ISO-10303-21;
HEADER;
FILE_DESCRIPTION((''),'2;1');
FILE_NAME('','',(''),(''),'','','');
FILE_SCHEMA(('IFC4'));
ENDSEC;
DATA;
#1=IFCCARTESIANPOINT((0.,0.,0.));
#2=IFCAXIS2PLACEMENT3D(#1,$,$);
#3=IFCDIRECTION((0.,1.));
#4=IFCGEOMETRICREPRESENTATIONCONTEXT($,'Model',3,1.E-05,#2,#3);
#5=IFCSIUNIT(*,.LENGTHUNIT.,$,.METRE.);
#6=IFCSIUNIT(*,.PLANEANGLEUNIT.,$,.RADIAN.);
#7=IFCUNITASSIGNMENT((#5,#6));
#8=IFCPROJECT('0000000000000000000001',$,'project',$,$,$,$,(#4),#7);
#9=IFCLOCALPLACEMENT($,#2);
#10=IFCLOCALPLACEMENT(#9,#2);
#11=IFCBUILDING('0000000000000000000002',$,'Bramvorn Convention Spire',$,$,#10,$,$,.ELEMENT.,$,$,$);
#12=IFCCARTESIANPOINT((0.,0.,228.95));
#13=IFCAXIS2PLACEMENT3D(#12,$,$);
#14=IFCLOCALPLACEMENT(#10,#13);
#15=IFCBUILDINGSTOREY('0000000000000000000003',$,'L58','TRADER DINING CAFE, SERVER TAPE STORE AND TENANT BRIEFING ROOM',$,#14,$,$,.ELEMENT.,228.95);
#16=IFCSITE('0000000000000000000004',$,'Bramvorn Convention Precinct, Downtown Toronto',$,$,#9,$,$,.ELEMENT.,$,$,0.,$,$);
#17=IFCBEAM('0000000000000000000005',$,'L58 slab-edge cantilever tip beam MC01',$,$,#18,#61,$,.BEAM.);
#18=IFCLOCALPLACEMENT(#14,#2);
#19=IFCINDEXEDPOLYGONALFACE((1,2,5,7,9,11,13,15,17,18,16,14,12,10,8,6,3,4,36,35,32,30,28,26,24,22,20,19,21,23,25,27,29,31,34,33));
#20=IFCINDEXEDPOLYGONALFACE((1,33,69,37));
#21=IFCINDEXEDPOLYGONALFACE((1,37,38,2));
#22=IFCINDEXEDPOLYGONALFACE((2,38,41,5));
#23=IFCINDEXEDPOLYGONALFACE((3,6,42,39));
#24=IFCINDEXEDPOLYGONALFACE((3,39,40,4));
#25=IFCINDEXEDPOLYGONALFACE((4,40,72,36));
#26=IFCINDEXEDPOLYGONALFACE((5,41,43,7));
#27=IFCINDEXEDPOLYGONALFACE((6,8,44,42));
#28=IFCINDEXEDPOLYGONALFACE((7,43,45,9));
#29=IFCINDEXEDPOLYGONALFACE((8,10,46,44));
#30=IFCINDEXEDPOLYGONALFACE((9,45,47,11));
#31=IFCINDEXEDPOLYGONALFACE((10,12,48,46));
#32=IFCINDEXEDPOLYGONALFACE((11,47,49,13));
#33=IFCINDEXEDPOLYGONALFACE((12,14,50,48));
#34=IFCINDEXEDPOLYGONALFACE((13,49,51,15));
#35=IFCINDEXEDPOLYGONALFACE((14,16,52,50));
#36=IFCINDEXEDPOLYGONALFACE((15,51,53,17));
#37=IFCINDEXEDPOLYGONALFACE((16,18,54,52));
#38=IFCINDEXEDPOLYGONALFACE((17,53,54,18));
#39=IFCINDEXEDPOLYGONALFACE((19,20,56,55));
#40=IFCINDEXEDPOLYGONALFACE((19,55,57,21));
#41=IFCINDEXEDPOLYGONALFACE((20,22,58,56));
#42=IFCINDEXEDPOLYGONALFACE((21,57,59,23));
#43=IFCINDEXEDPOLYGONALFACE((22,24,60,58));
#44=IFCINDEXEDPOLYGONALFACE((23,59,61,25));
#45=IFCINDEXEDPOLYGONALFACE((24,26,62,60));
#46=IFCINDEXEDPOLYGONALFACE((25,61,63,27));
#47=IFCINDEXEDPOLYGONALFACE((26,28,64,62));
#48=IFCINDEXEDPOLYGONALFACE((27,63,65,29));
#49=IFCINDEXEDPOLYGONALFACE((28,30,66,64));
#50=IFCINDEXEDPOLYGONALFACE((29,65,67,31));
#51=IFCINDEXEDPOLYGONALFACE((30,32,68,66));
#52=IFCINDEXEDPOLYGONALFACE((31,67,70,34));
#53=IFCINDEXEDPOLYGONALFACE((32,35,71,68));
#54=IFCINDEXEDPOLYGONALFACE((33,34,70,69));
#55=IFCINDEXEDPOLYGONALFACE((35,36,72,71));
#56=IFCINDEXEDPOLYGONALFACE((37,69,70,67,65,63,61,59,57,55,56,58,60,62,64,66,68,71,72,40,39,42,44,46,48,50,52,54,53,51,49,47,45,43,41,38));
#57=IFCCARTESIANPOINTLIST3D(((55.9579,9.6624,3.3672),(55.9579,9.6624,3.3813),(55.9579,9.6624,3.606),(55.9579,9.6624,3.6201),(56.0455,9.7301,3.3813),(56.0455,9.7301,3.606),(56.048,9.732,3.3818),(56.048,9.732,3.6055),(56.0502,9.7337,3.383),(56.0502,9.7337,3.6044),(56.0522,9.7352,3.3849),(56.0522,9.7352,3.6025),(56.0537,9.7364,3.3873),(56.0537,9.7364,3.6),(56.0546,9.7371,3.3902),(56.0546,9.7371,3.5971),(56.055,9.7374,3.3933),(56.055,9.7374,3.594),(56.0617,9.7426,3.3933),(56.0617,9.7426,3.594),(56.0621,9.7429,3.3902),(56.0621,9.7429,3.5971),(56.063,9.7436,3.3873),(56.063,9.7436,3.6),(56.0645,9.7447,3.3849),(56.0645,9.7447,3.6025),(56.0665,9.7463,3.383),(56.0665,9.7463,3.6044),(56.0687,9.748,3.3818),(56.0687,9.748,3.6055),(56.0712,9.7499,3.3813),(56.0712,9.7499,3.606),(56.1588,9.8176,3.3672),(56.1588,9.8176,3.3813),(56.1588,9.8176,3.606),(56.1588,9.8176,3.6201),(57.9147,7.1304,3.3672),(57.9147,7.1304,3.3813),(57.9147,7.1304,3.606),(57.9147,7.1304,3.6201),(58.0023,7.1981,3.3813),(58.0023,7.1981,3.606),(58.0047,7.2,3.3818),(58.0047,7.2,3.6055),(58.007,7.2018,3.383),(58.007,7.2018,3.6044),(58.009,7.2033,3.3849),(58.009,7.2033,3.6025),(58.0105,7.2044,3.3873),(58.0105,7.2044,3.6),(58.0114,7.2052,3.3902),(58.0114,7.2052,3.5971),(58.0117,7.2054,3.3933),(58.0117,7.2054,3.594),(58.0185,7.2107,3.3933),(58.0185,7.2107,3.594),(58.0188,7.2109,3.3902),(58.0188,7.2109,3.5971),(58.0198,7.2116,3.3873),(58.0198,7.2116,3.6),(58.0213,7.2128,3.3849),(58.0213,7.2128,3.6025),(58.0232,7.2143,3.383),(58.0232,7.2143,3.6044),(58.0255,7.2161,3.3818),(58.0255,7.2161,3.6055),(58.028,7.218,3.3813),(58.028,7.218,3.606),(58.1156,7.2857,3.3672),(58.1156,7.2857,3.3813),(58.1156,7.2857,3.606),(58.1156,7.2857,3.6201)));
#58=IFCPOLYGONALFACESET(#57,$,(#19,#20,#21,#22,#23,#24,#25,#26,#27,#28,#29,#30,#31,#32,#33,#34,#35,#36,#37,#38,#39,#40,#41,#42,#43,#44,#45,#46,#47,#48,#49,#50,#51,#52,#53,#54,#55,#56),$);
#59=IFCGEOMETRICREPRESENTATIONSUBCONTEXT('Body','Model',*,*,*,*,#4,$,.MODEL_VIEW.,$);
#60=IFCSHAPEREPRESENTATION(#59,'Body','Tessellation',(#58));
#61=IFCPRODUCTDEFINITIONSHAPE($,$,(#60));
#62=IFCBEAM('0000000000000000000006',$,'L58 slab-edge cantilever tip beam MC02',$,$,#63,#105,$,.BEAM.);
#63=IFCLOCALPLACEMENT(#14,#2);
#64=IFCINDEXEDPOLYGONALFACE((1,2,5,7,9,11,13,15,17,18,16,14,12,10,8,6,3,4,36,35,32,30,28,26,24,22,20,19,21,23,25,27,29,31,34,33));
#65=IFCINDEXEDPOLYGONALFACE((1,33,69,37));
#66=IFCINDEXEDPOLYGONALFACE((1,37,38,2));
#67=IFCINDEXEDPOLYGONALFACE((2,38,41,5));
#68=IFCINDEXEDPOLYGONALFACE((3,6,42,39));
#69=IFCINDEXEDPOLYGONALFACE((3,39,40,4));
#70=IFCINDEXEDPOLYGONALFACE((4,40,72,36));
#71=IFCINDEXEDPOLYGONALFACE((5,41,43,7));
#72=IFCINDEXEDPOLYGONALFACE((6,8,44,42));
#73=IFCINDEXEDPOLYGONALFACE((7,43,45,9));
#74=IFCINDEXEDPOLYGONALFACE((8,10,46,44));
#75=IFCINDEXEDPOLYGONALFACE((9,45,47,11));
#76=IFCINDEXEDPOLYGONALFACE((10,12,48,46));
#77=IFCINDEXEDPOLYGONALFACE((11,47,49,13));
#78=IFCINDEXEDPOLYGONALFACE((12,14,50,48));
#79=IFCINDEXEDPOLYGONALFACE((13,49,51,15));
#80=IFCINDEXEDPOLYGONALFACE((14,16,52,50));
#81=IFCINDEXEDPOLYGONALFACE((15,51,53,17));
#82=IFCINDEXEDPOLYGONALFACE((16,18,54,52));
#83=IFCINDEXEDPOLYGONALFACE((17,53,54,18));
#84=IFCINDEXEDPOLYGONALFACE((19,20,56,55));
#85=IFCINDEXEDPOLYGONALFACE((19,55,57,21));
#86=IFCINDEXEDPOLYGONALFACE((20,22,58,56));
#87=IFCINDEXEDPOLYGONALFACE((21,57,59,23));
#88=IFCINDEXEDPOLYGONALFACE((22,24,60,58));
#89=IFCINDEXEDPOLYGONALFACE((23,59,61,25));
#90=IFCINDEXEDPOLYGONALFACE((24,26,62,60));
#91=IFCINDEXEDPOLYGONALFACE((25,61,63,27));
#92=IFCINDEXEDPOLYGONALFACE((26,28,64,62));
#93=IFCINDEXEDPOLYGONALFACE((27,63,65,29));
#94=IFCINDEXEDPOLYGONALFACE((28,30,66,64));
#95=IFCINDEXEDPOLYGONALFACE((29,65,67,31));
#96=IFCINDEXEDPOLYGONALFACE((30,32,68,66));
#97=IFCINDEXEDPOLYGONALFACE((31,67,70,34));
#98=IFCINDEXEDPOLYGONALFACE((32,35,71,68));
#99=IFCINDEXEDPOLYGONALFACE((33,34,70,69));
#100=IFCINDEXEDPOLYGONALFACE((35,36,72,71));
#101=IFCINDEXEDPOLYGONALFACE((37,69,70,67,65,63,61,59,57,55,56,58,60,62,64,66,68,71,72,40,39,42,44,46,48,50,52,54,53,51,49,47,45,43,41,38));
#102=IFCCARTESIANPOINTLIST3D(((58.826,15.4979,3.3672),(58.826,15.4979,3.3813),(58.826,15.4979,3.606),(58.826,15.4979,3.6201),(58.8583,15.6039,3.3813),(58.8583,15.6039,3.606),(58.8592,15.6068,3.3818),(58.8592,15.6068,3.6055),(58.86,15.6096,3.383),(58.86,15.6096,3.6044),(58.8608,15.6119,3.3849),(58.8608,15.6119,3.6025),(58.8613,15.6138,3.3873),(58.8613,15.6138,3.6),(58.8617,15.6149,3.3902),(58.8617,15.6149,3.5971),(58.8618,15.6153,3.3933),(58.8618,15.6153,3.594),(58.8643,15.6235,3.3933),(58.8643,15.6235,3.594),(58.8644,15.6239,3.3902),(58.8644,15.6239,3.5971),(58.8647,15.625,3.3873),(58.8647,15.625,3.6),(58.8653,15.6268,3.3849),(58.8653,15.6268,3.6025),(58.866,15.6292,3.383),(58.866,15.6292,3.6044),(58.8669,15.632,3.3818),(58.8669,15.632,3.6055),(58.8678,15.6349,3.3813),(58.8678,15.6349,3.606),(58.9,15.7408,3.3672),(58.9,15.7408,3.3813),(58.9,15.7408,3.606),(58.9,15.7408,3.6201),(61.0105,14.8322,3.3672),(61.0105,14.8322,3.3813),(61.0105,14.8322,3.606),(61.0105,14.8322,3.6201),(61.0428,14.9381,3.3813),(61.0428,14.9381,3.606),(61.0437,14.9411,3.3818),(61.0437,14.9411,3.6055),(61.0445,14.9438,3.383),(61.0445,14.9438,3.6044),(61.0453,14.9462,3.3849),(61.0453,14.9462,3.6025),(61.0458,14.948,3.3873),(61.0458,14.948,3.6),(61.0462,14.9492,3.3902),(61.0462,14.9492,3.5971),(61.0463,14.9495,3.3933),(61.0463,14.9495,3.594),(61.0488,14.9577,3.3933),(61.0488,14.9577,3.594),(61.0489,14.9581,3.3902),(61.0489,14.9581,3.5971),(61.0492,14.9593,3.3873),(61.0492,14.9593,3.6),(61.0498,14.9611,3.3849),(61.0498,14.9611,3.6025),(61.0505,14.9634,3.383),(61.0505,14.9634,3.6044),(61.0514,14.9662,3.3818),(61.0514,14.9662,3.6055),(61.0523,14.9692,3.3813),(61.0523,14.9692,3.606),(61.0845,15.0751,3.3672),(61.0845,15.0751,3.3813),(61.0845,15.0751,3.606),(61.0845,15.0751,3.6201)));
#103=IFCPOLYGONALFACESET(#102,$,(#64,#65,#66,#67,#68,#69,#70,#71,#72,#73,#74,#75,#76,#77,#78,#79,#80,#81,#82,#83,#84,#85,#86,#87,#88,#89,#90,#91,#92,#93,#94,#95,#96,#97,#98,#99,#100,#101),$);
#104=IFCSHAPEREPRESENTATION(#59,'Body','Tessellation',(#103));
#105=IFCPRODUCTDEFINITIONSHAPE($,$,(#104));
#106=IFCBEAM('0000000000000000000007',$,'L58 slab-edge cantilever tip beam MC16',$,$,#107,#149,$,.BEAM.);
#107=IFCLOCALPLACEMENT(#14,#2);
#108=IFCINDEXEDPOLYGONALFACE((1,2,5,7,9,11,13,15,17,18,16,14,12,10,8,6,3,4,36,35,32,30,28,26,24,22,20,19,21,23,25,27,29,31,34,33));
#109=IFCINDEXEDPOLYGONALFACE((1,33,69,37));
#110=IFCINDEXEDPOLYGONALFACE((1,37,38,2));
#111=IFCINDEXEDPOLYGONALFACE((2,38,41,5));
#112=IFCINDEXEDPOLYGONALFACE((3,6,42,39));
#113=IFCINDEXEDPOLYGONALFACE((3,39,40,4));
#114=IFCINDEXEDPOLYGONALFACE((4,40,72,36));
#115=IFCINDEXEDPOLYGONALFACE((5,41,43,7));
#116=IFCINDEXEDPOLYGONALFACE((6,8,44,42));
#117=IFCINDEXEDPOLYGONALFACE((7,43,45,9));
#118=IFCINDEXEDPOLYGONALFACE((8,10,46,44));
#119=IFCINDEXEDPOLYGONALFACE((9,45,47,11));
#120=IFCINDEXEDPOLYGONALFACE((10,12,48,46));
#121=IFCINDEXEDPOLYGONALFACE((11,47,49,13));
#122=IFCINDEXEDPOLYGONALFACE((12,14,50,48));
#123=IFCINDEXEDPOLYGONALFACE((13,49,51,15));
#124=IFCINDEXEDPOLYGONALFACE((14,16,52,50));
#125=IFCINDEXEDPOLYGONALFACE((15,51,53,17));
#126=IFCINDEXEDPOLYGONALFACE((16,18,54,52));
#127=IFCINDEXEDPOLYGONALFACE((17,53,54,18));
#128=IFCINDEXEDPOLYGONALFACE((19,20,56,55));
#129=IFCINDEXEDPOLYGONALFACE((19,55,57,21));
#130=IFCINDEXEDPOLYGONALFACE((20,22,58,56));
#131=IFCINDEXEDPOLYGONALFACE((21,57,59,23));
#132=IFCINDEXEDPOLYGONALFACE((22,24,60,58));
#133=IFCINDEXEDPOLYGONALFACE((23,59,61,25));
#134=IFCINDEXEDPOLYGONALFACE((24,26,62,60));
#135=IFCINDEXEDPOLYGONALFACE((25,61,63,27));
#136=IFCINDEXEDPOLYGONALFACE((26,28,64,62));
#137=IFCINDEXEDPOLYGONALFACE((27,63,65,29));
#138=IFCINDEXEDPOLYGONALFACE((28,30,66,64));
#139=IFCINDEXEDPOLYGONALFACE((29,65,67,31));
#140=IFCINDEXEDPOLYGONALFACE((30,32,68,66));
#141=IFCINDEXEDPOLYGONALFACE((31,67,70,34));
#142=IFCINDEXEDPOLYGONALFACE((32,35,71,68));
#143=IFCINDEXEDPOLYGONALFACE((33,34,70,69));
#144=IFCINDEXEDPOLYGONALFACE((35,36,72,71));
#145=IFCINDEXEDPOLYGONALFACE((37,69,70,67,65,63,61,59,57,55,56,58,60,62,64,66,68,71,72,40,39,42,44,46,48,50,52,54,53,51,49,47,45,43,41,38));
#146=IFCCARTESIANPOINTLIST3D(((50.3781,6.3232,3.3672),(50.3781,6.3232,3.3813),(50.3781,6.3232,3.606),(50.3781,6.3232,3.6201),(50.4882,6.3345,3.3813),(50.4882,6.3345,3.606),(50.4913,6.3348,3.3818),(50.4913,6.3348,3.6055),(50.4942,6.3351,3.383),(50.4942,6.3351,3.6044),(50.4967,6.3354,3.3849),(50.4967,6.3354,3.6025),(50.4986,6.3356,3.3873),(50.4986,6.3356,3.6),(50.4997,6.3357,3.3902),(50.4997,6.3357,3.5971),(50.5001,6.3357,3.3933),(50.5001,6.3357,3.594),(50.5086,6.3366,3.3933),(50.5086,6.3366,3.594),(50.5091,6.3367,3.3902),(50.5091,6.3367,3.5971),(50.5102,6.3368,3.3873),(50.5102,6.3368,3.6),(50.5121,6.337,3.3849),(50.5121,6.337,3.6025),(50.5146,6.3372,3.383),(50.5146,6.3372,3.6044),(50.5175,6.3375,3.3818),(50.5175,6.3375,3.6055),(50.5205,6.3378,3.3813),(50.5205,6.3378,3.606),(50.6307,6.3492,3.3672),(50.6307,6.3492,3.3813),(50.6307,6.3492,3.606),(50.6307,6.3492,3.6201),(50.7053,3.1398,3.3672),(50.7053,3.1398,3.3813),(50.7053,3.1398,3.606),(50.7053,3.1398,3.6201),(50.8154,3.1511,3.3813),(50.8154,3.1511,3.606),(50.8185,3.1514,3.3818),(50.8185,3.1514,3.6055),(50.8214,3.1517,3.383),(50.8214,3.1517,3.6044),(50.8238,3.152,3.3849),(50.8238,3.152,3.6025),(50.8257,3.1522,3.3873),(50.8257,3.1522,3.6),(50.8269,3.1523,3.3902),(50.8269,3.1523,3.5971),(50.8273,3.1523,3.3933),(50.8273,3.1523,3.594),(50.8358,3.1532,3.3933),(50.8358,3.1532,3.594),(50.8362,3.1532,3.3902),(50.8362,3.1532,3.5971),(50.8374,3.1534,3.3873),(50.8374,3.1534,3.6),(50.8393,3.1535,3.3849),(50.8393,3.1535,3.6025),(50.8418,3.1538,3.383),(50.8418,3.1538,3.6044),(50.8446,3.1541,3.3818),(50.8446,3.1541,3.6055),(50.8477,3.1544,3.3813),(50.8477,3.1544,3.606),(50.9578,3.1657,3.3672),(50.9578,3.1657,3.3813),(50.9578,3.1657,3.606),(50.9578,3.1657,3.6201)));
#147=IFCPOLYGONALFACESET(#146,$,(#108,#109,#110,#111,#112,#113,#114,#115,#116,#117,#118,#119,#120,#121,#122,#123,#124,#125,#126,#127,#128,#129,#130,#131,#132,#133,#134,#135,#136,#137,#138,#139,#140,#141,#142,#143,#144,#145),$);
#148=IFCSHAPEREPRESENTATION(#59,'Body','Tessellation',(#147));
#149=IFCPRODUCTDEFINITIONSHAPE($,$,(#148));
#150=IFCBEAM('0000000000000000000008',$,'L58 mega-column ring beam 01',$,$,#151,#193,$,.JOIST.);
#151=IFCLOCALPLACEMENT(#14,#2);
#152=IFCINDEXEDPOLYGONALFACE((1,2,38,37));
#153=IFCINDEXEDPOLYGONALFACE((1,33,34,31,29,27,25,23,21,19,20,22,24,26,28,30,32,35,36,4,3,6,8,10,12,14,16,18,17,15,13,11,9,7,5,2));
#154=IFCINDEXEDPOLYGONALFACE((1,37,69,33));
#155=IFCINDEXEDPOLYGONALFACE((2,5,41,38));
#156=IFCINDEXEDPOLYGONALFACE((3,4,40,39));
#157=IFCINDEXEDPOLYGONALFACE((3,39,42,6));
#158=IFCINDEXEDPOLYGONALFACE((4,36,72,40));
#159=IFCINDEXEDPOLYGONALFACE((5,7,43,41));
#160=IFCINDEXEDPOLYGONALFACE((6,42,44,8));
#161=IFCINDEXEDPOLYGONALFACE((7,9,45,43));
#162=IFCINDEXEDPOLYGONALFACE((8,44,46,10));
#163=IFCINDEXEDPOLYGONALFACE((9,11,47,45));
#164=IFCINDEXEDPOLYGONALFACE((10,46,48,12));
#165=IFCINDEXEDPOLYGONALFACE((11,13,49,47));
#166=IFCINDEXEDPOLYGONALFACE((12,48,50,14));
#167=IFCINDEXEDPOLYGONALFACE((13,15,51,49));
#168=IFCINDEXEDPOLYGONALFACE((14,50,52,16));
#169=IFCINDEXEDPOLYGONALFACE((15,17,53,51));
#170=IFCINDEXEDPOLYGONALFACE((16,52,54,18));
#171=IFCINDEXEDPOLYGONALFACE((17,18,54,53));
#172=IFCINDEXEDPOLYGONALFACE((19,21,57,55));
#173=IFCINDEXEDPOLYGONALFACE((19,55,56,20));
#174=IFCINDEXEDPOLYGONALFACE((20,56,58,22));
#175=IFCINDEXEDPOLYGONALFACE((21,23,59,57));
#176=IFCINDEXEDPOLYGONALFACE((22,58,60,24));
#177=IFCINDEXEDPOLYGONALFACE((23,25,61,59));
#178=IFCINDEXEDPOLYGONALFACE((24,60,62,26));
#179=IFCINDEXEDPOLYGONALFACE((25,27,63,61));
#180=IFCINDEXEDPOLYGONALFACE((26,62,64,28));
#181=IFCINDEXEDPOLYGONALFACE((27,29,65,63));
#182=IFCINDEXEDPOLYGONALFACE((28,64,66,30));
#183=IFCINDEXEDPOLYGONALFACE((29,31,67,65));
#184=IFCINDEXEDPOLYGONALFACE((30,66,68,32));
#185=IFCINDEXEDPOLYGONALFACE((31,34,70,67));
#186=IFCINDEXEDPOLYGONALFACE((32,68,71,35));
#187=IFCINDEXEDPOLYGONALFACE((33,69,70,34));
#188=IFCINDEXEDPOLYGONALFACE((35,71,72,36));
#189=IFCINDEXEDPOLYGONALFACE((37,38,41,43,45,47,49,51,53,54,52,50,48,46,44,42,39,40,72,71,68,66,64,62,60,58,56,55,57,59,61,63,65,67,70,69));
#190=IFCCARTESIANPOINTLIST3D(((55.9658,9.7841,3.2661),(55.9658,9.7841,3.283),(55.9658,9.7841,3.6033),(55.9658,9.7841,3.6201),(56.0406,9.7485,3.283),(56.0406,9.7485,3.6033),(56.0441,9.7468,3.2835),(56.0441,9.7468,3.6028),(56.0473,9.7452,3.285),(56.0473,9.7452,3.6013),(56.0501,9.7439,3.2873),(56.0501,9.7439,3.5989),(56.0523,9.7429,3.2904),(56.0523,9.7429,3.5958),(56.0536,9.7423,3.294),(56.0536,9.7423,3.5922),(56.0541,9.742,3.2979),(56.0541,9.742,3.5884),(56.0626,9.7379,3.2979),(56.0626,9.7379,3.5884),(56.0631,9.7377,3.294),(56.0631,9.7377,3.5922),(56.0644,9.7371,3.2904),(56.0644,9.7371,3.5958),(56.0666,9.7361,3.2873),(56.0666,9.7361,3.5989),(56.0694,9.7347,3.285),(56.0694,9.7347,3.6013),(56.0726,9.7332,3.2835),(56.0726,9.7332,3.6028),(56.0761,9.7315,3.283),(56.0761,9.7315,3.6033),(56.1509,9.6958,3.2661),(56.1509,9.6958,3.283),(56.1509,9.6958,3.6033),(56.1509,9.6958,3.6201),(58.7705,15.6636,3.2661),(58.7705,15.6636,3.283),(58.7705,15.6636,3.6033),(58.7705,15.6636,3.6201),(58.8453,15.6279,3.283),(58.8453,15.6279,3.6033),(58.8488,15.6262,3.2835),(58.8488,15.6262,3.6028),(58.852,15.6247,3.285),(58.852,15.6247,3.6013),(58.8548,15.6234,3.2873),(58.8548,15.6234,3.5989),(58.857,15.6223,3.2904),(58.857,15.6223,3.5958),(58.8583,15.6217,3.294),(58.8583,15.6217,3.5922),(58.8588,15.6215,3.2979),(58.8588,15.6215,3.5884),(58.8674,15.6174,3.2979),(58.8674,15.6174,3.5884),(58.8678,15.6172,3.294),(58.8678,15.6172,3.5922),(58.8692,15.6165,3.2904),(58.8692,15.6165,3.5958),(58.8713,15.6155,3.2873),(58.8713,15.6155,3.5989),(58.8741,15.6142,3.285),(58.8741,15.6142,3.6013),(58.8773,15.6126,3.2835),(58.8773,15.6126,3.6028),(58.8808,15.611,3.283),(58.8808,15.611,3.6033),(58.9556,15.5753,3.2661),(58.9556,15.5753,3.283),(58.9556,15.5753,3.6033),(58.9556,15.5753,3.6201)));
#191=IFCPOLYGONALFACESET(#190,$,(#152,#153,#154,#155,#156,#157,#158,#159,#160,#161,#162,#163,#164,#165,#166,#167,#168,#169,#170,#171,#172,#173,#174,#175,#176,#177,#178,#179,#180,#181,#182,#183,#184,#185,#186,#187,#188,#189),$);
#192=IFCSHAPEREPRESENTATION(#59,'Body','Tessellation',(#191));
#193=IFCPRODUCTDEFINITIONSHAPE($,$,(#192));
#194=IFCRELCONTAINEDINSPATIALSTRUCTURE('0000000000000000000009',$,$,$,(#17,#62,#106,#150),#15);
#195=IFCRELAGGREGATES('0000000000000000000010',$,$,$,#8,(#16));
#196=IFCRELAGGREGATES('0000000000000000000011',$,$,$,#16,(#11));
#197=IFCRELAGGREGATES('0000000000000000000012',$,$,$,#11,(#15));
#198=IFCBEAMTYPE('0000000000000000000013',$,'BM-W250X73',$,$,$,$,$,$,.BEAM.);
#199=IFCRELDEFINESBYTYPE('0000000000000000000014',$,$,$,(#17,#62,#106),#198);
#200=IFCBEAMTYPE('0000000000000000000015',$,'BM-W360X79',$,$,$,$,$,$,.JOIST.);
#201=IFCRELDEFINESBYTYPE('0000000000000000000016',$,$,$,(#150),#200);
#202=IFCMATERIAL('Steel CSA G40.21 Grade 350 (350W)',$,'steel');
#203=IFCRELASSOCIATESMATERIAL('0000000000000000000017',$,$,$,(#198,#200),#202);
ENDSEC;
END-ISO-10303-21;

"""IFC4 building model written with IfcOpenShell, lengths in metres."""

from ifc_helpers import new_model, si_unit, direction, frame, origin, origin_2d, place, context, subcontext, project, spatial, i_section, extrude, material, material_profile, profile_set, type_object, element, save


model = new_model("IFC4")

# Units and contexts
model_context = context("Model", 3, precision=1e-05, world=origin(), true_north=direction((0.0, 1.0)))
body_context = subcontext(model_context, "Body", "Model", "MODEL_VIEW")
ifc_project = project(units=[si_unit("LENGTHUNIT", "METRE"), si_unit("PLANEANGLEUNIT", "RADIAN")], contexts=[model_context])

# Site, building, storey
site_placement = place(None, origin())
site = spatial("IfcSite", under=ifc_project, at=site_placement, Name="Bramvorn Convention Precinct, Downtown Toronto", CompositionType="ELEMENT", RefElevation=0.0)
building_placement = place(site_placement, origin())
building = spatial("IfcBuilding", under=site, at=building_placement, Name="Bramvorn Convention Spire", CompositionType="ELEMENT")
storey_placement = place(building_placement, frame((0.0, 0.0, 228.95)))
storey = spatial("IfcBuildingStorey", under=building, at=storey_placement, Name="L58", Description="TRADER DINING CAFE, SERVER TAPE STORE AND TENANT BRIEFING ROOM", CompositionType="ELEMENT", Elevation=228.95)

# Shared definitions
ifc_material_1 = material(Name="Steel CSA G40.21 Grade 350 (350W)", Category="steel")

# Beams
ifc_material_profile_1 = material_profile(ifc_material_1, i_section(OverallWidth=0.2539, OverallDepth=0.2529, WebThickness=0.0085, FlangeThickness=0.0142, FilletRadius=0.012, at=origin_2d()))
ifc_profile_set_1 = profile_set([ifc_material_profile_1], Name="Steel CSA G40.21 Grade 350 (350W) - W250X73")
beam_type_1 = type_object("IfcBeamType", Name="BM-W250X73", PredefinedType="BEAM", material=ifc_profile_set_1)
beam_1_placement = place(storey_placement, frame((56.0583, 9.74, 3.4937), z_axis=(0.611497, -0.791246, 0.0), x_axis=(0.791246, 0.611497, 0.0)))
element("IfcBeam", 1, at=beam_1_placement, inside=storey, type_object=beam_type_1, Name="L58 slab-edge cantilever tip beam MC01", PredefinedType="BEAM", context=body_context, shape_type="SweptSolid", body=[
    extrude(i_section(OverallWidth=0.2539, OverallDepth=0.2529, WebThickness=0.0085, FlangeThickness=0.0142, FilletRadius=0.012, at=origin_2d()), origin(), (0.0, 0.0, 1.0), 3.2),
])
beam_2_placement = place(storey_placement, frame((58.863, 15.6194, 3.4937), z_axis=(0.956564, -0.291523, 0.0), x_axis=(0.291523, 0.956564, 0.0)))
element("IfcBeam", 2, at=beam_2_placement, inside=storey, type_object=beam_type_1, Name="L58 slab-edge cantilever tip beam MC02", PredefinedType="BEAM", context=body_context, shape_type="SweptSolid", body=[
    extrude(i_section(OverallWidth=0.2539, OverallDepth=0.2529, WebThickness=0.0085, FlangeThickness=0.0142, FilletRadius=0.012, at=origin_2d()), origin(), (0.0, 0.0, 1.0), 2.2837),
])
beam_3_placement = place(storey_placement, frame((50.5044, 6.3362, 3.4937), z_axis=(0.10223, -0.994761, 0.0), x_axis=(0.994761, 0.10223, 0.0)))
element("IfcBeam", 3, at=beam_3_placement, inside=storey, type_object=beam_type_1, Name="L58 slab-edge cantilever tip beam MC16", PredefinedType="BEAM", context=body_context, shape_type="SweptSolid", body=[
    extrude(i_section(OverallWidth=0.2539, OverallDepth=0.2529, WebThickness=0.0085, FlangeThickness=0.0142, FilletRadius=0.012, at=origin_2d()), origin(), (0.0, 0.0, 1.0), 3.2002),
])
ifc_material_profile_2 = material_profile(ifc_material_1, i_section(OverallWidth=0.2051, OverallDepth=0.354, WebThickness=0.0095, FlangeThickness=0.0168, FilletRadius=0.0149, at=origin_2d()))
ifc_profile_set_2 = profile_set([ifc_material_profile_2], Name="Steel CSA G40.21 Grade 350 (350W) - W360X79")
beam_type_2 = type_object("IfcBeamType", Name="BM-W360X79", PredefinedType="JOIST", material=ifc_profile_set_2)
beam_4_placement = place(storey_placement, frame((56.0583, 9.74, 3.4431), z_axis=(0.430556, 0.902564, 0.0), x_axis=(-0.902564, 0.430556, 0.0)))
element("IfcBeam", 4, at=beam_4_placement, inside=storey, type_object=beam_type_2, Name="L58 mega-column ring beam 01", PredefinedType="JOIST", context=body_context, shape_type="SweptSolid", body=[
    extrude(i_section(OverallWidth=0.2051, OverallDepth=0.354, WebThickness=0.0095, FlangeThickness=0.0168, FilletRadius=0.0149, at=origin_2d()), origin(), (0.0, 0.0, 1.0), 6.5142),
])

save(model, "model.ifc")
